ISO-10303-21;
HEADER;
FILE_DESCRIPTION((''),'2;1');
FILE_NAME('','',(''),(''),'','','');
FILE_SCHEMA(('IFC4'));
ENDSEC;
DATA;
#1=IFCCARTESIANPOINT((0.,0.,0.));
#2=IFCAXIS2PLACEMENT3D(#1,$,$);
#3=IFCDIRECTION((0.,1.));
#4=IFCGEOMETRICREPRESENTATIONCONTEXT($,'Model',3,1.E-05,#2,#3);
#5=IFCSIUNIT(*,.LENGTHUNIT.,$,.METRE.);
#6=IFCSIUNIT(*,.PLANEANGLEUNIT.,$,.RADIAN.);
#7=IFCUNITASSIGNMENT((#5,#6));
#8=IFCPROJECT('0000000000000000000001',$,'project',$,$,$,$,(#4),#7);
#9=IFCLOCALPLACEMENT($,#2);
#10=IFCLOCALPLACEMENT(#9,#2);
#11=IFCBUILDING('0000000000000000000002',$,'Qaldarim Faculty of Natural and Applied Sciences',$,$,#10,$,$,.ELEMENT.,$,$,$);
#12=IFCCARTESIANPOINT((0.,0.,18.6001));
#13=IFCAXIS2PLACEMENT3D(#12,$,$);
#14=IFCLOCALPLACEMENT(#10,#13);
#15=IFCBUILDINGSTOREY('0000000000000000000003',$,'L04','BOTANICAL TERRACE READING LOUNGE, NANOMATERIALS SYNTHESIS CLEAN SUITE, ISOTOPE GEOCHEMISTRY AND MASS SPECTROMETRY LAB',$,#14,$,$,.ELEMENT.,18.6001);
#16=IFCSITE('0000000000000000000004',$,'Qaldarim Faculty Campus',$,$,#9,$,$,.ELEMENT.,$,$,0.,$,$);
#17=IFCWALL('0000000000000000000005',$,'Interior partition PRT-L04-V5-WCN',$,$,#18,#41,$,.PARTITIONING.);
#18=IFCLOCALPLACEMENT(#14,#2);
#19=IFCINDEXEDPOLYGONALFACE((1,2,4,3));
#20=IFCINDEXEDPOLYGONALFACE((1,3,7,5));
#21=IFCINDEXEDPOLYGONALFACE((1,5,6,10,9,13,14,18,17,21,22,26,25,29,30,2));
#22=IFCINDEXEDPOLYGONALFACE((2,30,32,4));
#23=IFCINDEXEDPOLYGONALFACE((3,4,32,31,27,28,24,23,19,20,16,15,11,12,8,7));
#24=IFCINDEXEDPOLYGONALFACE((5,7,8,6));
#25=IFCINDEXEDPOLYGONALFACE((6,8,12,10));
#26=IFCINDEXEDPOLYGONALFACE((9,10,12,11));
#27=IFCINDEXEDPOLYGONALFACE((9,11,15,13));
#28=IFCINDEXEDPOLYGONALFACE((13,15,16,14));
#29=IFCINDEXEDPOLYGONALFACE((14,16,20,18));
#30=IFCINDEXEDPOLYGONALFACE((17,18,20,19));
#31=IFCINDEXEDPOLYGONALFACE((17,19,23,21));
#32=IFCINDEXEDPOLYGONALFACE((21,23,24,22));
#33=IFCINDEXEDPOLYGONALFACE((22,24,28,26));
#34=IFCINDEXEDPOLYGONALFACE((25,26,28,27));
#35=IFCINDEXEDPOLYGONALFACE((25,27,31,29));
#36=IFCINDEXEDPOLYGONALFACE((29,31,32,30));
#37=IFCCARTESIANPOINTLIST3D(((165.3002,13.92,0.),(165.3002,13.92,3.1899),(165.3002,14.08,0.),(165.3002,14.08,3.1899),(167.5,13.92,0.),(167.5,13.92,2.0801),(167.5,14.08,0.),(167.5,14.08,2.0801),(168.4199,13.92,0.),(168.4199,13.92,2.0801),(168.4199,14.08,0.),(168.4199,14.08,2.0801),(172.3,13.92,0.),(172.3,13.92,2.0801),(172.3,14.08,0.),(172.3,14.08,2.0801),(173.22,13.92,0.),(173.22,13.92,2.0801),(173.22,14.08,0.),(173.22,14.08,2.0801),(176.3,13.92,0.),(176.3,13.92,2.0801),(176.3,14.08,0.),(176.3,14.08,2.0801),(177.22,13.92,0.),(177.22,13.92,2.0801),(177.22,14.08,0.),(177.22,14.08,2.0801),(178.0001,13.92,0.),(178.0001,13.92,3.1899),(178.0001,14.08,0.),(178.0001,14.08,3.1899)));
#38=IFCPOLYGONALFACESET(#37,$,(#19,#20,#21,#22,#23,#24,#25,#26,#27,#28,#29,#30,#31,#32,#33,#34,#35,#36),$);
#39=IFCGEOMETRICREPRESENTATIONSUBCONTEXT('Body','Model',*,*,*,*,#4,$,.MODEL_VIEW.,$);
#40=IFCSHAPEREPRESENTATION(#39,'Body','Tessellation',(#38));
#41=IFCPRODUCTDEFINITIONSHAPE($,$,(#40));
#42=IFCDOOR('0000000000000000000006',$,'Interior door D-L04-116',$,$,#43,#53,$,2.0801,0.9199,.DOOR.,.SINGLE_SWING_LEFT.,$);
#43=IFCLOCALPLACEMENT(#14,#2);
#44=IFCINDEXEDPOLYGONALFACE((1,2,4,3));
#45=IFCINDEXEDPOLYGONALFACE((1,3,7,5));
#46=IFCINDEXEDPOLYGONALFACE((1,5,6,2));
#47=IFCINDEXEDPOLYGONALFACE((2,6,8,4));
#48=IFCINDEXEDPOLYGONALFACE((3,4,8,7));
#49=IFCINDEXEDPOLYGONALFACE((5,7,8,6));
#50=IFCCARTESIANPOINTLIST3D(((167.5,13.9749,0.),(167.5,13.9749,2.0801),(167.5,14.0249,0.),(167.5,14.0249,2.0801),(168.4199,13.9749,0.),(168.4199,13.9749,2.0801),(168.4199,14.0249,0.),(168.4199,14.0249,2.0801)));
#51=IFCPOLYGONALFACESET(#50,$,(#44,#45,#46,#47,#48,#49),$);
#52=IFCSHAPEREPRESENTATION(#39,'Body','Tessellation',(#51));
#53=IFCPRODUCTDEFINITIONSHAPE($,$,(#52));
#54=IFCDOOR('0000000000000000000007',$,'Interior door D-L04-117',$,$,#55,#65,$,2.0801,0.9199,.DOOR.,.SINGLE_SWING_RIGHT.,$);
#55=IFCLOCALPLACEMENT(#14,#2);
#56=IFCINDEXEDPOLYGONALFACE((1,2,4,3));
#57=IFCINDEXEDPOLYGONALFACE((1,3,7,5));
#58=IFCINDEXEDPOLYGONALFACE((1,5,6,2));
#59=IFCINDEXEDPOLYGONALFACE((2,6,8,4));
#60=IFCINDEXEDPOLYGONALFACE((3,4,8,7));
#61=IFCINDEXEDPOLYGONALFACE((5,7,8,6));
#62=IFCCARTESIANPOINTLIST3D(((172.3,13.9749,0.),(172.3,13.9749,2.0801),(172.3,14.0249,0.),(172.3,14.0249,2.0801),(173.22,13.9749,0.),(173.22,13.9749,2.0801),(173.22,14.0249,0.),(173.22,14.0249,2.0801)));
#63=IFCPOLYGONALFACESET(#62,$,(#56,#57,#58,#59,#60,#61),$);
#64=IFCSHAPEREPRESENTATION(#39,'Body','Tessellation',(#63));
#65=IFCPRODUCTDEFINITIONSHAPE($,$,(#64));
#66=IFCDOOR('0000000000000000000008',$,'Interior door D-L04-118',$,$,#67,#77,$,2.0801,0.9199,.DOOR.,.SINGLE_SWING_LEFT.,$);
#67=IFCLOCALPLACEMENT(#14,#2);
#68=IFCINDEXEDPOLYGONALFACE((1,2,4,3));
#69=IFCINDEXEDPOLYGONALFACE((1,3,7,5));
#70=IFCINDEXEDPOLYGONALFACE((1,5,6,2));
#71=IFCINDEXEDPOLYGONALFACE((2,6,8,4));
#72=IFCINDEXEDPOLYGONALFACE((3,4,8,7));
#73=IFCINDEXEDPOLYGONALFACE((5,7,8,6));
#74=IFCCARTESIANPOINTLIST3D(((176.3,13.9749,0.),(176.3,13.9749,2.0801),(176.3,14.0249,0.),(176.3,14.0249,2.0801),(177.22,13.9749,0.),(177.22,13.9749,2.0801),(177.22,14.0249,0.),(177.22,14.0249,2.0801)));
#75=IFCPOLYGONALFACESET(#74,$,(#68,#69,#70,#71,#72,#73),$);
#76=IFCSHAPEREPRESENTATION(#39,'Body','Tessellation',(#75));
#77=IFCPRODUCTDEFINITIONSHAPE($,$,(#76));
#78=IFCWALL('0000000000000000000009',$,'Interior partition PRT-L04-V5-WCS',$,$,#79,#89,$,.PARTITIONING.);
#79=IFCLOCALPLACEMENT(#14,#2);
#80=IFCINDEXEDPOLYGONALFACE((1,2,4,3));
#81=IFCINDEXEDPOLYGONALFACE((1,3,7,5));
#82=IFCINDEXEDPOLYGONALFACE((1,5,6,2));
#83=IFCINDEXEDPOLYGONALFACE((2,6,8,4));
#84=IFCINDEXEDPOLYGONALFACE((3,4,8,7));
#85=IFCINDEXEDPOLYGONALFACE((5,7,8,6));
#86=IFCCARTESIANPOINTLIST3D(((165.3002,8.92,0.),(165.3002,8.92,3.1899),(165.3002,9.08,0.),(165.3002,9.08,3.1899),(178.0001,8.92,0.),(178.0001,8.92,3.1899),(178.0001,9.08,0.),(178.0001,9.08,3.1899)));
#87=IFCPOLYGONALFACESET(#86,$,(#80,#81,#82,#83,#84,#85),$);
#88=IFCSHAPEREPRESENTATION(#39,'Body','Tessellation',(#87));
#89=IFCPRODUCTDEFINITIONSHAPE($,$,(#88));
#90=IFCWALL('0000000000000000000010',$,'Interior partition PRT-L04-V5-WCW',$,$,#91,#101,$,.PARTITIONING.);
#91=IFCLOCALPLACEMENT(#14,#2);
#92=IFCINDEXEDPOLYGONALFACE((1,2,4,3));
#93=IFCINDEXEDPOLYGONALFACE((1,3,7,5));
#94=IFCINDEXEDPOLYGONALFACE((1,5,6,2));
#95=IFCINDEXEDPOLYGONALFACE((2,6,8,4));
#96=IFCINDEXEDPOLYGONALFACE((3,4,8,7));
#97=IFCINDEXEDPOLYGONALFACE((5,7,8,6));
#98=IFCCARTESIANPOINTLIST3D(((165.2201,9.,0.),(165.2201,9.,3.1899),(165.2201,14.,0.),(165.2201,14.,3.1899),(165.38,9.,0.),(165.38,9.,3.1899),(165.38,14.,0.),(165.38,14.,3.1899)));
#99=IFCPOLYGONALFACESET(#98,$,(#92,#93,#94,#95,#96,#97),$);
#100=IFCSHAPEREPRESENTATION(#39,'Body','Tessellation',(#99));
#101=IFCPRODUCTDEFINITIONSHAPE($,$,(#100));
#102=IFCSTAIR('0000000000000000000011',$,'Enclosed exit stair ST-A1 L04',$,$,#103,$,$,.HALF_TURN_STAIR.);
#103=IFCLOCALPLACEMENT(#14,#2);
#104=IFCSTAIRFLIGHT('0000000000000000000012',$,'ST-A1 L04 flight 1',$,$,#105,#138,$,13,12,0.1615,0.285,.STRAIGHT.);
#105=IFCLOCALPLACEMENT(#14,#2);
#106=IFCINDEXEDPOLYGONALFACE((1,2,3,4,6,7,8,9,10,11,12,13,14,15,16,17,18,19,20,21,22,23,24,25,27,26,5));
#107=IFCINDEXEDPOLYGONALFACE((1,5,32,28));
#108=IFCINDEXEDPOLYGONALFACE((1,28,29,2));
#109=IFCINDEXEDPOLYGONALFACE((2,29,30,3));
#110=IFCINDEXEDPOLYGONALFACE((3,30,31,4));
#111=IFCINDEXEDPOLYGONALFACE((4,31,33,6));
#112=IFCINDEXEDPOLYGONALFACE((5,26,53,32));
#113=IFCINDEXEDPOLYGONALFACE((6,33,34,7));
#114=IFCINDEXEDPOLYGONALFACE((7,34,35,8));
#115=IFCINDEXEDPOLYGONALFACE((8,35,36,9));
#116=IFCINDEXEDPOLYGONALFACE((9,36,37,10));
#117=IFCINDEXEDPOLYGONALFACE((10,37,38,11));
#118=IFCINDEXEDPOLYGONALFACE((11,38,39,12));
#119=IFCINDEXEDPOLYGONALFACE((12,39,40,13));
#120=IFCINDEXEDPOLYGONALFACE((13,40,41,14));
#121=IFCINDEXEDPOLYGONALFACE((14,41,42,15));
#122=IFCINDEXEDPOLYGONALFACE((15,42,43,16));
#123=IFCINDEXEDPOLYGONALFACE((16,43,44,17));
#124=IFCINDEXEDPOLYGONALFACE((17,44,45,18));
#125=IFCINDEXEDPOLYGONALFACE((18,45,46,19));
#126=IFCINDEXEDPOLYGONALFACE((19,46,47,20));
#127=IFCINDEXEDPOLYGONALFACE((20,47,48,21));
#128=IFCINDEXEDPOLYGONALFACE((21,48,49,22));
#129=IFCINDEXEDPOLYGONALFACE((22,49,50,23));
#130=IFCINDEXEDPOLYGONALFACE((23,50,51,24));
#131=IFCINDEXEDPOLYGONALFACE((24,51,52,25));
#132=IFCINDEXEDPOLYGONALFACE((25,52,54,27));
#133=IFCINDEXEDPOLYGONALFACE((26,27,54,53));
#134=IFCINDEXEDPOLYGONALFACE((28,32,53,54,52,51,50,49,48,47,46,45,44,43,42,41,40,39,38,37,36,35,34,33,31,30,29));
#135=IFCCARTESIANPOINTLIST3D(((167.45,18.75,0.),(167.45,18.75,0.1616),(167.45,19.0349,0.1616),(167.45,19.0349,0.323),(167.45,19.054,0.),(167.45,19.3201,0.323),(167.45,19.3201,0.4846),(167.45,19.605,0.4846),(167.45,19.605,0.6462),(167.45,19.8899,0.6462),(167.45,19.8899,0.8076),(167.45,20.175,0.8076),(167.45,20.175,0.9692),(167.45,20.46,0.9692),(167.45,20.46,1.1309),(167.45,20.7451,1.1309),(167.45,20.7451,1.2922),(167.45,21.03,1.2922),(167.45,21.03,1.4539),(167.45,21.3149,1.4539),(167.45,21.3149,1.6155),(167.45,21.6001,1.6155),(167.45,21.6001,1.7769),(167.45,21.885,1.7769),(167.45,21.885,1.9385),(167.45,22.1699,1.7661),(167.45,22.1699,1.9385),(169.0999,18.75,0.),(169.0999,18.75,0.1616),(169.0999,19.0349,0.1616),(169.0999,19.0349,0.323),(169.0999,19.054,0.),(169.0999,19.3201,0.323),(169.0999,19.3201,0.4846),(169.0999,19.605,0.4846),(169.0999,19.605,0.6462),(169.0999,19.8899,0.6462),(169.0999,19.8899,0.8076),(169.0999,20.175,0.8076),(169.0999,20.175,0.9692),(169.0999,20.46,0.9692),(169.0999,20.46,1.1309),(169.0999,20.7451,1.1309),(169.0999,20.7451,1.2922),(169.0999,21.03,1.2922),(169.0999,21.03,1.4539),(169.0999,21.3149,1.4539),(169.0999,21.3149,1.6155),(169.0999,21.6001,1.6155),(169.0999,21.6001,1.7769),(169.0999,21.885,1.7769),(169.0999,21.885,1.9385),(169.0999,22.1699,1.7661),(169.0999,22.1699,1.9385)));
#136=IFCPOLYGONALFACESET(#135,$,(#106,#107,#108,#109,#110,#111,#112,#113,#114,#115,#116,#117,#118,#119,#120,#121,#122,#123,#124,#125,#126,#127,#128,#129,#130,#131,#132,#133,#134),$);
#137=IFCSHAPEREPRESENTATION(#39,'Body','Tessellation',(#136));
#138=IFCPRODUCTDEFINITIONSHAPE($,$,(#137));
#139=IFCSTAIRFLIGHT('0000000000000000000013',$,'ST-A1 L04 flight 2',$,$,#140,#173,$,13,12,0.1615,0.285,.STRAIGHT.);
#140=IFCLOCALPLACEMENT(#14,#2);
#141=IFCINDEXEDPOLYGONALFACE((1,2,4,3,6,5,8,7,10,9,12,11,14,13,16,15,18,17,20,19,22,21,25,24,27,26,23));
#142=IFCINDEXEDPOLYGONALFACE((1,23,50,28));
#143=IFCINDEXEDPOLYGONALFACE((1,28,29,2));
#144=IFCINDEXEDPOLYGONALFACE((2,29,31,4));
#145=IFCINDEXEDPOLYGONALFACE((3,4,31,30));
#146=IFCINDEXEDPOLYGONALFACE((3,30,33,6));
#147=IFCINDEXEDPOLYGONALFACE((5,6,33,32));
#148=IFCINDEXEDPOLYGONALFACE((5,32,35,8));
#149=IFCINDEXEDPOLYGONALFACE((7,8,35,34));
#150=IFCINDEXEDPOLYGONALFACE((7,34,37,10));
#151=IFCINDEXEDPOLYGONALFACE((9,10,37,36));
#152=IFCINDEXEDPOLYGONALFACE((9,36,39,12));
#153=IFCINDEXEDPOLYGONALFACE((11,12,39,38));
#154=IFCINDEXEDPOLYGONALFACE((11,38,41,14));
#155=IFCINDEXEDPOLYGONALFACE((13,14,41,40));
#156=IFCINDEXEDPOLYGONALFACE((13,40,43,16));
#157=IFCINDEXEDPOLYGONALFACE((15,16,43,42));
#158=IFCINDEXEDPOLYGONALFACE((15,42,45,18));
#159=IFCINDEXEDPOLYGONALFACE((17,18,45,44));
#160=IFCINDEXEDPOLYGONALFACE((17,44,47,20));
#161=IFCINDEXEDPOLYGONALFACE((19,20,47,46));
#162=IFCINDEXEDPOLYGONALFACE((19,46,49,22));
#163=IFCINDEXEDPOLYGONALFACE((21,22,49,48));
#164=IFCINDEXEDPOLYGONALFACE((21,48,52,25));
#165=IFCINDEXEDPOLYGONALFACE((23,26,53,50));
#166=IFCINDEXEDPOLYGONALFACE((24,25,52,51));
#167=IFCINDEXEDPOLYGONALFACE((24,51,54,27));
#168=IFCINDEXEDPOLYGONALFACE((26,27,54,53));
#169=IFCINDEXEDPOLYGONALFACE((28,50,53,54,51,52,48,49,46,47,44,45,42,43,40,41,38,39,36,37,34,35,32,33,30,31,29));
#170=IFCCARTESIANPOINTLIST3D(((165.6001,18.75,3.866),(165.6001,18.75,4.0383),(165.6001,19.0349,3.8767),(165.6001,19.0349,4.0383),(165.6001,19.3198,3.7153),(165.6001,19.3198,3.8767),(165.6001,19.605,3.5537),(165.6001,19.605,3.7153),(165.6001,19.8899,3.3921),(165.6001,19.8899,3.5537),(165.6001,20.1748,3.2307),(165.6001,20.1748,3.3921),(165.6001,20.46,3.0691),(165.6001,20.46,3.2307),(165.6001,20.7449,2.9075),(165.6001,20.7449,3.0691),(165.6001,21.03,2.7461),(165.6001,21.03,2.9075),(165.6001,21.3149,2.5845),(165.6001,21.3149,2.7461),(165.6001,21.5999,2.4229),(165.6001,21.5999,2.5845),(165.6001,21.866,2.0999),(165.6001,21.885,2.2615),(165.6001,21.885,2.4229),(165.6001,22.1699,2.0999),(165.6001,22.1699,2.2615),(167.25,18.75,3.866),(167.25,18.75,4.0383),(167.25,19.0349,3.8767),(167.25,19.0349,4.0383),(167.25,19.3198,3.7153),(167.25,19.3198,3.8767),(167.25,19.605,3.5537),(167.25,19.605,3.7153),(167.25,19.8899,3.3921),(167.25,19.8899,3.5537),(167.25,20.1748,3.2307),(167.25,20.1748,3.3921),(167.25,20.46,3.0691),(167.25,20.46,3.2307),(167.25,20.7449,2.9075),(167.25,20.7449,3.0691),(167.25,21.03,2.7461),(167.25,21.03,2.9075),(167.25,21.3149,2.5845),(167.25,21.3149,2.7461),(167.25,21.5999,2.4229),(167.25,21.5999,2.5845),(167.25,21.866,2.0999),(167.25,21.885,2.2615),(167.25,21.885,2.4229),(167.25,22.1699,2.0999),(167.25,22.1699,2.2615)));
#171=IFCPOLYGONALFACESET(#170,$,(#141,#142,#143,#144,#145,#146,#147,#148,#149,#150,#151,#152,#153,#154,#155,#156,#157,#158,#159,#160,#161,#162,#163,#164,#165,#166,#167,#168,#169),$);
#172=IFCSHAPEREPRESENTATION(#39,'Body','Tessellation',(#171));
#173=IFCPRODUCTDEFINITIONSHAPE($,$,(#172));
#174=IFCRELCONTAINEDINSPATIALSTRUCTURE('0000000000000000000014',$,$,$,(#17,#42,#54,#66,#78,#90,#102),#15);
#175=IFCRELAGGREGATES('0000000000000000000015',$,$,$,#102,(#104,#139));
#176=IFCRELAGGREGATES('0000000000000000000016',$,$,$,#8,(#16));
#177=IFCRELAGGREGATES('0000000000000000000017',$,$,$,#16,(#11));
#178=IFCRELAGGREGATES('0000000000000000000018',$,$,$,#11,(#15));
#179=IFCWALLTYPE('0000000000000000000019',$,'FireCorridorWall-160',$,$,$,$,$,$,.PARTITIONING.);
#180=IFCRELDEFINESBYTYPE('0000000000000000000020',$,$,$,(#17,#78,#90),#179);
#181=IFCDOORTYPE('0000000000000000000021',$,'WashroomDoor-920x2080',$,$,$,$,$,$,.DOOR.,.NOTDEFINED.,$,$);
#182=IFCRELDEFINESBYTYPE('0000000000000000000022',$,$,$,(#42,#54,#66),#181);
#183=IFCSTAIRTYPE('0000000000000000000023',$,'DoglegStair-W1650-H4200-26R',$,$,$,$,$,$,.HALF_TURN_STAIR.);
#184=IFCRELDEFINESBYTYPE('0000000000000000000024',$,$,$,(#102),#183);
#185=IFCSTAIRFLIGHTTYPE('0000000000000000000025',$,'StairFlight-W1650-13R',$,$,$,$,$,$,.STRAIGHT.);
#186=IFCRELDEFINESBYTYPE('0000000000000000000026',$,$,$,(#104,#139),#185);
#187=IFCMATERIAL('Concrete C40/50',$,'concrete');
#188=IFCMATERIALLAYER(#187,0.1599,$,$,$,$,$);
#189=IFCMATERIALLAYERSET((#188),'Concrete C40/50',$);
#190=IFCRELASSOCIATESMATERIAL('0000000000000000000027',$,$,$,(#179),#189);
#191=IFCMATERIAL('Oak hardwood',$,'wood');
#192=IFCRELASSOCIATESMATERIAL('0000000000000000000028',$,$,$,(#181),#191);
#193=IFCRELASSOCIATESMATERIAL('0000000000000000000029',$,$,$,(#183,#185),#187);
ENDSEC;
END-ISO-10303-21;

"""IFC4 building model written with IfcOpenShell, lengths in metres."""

from ifc_helpers import new_model, si_unit, direction, frame, frame_2d, origin, place, context, subcontext, project, spatial, polyline, rectangle, outline, extrude, material, layer, layer_set, type_object, element, fill, aggregate, save


model = new_model("IFC4")

# Units and contexts
model_context = context("Model", 3, precision=1e-05, world=origin(), true_north=direction((0.0, 1.0)))
body_context = subcontext(model_context, "Body", "Model", "MODEL_VIEW")
ifc_project = project(units=[si_unit("LENGTHUNIT", "METRE"), si_unit("PLANEANGLEUNIT", "RADIAN")], contexts=[model_context])

# Site, building, storey
site_placement = place(None, origin())
site = spatial("IfcSite", under=ifc_project, at=site_placement, Name="Qaldarim Faculty Campus", CompositionType="ELEMENT", RefElevation=0.0)
building_placement = place(site_placement, origin())
building = spatial("IfcBuilding", under=site, at=building_placement, Name="Qaldarim Faculty of Natural and Applied Sciences", CompositionType="ELEMENT")
storey_placement = place(building_placement, frame((0.0, 0.0, 18.6001)))
storey = spatial("IfcBuildingStorey", under=building, at=storey_placement, Name="L04", Description="BOTANICAL TERRACE READING LOUNGE, NANOMATERIALS SYNTHESIS CLEAN SUITE, ISOTOPE GEOCHEMISTRY AND MASS SPECTROMETRY LAB", CompositionType="ELEMENT", Elevation=18.6001)

# Shared definitions
ifc_material_1 = material(Name="Concrete C40/50", Category="concrete")

# Wall, openings, doors
ifc_layer_1 = layer(ifc_material_1, 0.1599)
ifc_layer_set_1 = layer_set([ifc_layer_1], Name="Concrete C40/50")
wall_type_1 = type_object("IfcWallType", Name="FireCorridorWall-160", PredefinedType="PARTITIONING", material=ifc_layer_set_1)
wall_1_placement = place(storey_placement, frame((165.3, 14.0, 0.0), z_axis=(0.0, 0.0, 1.0), x_axis=(1.0, 0.0, 0.0)))
wall_1 = element("IfcWall", 1, at=wall_1_placement, inside=storey, type_object=wall_type_1, Name="Interior partition PRT-L04-V5-WCN", PredefinedType="PARTITIONING", context=body_context, shape_type="SweptSolid", body=[
    extrude(rectangle(XDim=12.7, YDim=0.1599, at=frame_2d((6.3501, 0.0))), origin(), (0.0, 0.0, 1.0), 3.1899),
])
opening_1_placement = place(wall_1_placement, frame((2.2, 0.0, 0.0)))
opening_1 = element("IfcOpeningElement", 2, at=opening_1_placement, cuts=wall_1, PredefinedType="OPENING", context=body_context, shape_type="SweptSolid", body=[
    extrude(rectangle(XDim=0.9199, YDim=2.0801, at=frame_2d((0.46, 1.04))), frame((0.0, 0.0898, 0.0), z_axis=(0.0, -1.0, 0.0), x_axis=(1.0, 0.0, 0.0)), (0.0, 0.0, 1.0), 0.1799),
])
opening_2_placement = place(wall_1_placement, frame((7.0, 0.0, 0.0)))
opening_2 = element("IfcOpeningElement", 3, at=opening_2_placement, cuts=wall_1, PredefinedType="OPENING", context=body_context, shape_type="SweptSolid", body=[
    extrude(rectangle(XDim=0.9199, YDim=2.0801, at=frame_2d((0.46, 1.04))), frame((0.0, 0.0898, 0.0), z_axis=(0.0, -1.0, 0.0), x_axis=(1.0, 0.0, 0.0)), (0.0, 0.0, 1.0), 0.1799),
])
opening_3_placement = place(wall_1_placement, frame((11.0, 0.0, 0.0)))
opening_3 = element("IfcOpeningElement", 4, at=opening_3_placement, cuts=wall_1, PredefinedType="OPENING", context=body_context, shape_type="SweptSolid", body=[
    extrude(rectangle(XDim=0.9199, YDim=2.0801, at=frame_2d((0.46, 1.04))), frame((0.0, 0.0898, 0.0), z_axis=(0.0, -1.0, 0.0), x_axis=(1.0, 0.0, 0.0)), (0.0, 0.0, 1.0), 0.1799),
])
ifc_material_2 = material(Name="Oak hardwood", Category="wood")
door_type_1 = type_object("IfcDoorType", Name="WashroomDoor-920x2080", OperationType="NOTDEFINED", PredefinedType="DOOR", material=ifc_material_2)
door_1_placement = place(opening_1_placement, origin())
door_1 = element("IfcDoor", 5, at=door_1_placement, inside=storey, type_object=door_type_1, Name="Interior door D-L04-116", OperationType="SINGLE_SWING_LEFT", OverallHeight=2.0801, OverallWidth=0.9199, PredefinedType="DOOR", context=body_context, shape_type="SweptSolid", body=[
    extrude(rectangle(XDim=0.9199, YDim=2.0801, at=frame_2d((0.46, 1.04))), frame((0.0, 0.0249, 0.0), z_axis=(0.0, -1.0, 0.0), x_axis=(1.0, 0.0, 0.0)), (0.0, 0.0, 1.0), 0.05),
])
fill(opening_1, door_1)
door_2_placement = place(opening_2_placement, origin())
door_2 = element("IfcDoor", 6, at=door_2_placement, inside=storey, type_object=door_type_1, Name="Interior door D-L04-117", OperationType="SINGLE_SWING_RIGHT", OverallHeight=2.0801, OverallWidth=0.9199, PredefinedType="DOOR", context=body_context, shape_type="SweptSolid", body=[
    extrude(rectangle(XDim=0.9199, YDim=2.0801, at=frame_2d((0.46, 1.04))), frame((0.0, 0.0249, 0.0), z_axis=(0.0, -1.0, 0.0), x_axis=(1.0, 0.0, 0.0)), (0.0, 0.0, 1.0), 0.05),
])
fill(opening_2, door_2)
door_3_placement = place(opening_3_placement, origin())
door_3 = element("IfcDoor", 7, at=door_3_placement, inside=storey, type_object=door_type_1, Name="Interior door D-L04-118", OperationType="SINGLE_SWING_LEFT", OverallHeight=2.0801, OverallWidth=0.9199, PredefinedType="DOOR", context=body_context, shape_type="SweptSolid", body=[
    extrude(rectangle(XDim=0.9199, YDim=2.0801, at=frame_2d((0.46, 1.04))), frame((0.0, 0.0249, 0.0), z_axis=(0.0, -1.0, 0.0), x_axis=(1.0, 0.0, 0.0)), (0.0, 0.0, 1.0), 0.05),
])
fill(opening_3, door_3)

# Walls
wall_2_placement = place(storey_placement, frame((165.3, 9.0, 0.0), z_axis=(0.0, 0.0, 1.0), x_axis=(1.0, 0.0, 0.0)))
element("IfcWall", 8, at=wall_2_placement, inside=storey, type_object=wall_type_1, Name="Interior partition PRT-L04-V5-WCS", PredefinedType="PARTITIONING", context=body_context, shape_type="SweptSolid", body=[
    extrude(rectangle(XDim=12.7, YDim=0.1599, at=frame_2d((6.3501, 0.0))), origin(), (0.0, 0.0, 1.0), 3.1899),
])
wall_3_placement = place(storey_placement, frame((165.3, 9.0, 0.0), z_axis=(0.0, 0.0, 1.0), x_axis=(0.0, 1.0, 0.0)))
element("IfcWall", 9, at=wall_3_placement, inside=storey, type_object=wall_type_1, Name="Interior partition PRT-L04-V5-WCW", PredefinedType="PARTITIONING", context=body_context, shape_type="SweptSolid", body=[
    extrude(rectangle(XDim=5.0, YDim=0.1599, at=frame_2d((2.5, 0.0))), origin(), (0.0, 0.0, 1.0), 3.1899),
])

# Stair, stair flights
stair_type = type_object("IfcStairType", Name="DoglegStair-W1650-H4200-26R", PredefinedType="HALF_TURN_STAIR", material=ifc_material_1)
stair_placement = place(storey_placement, origin())
stair = element("IfcStair", 10, at=stair_placement, inside=storey, type_object=stair_type, Name="Enclosed exit stair ST-A1 L04", PredefinedType="HALF_TURN_STAIR")
stair_flight_type = type_object("IfcStairFlightType", Name="StairFlight-W1650-13R", PredefinedType="STRAIGHT", material=ifc_material_1)
stair_flight_1_placement = place(storey_placement, frame((168.2749, 18.75, 0.0), z_axis=(0.0, 0.0, 1.0), x_axis=(0.0, 1.0, 0.0)))
stair_flight_1 = element("IfcStairFlight", 11, at=stair_flight_1_placement, type_object=stair_flight_type, Name="ST-A1 L04 flight 1", NumberOfRisers=13, NumberOfTreads=12, PredefinedType="STRAIGHT", RiserHeight=0.1615, TreadLength=0.285, context=body_context, shape_type="SweptSolid", body=[
    extrude(outline(polyline([(0.0, 0.0), (0.0, 0.1616), (0.2849, 0.1616), (0.2849, 0.323), (0.5701, 0.323), (0.5701, 0.4846), (0.855, 0.4846), (0.855, 0.6462), (1.1399, 0.6462), (1.1399, 0.8076), (1.425, 0.8076), (1.425, 0.9692), (1.71, 0.9692), (1.71, 1.1309), (1.9951, 1.1309), (1.9951, 1.2922), (2.28, 1.2922), (2.28, 1.4539), (2.5649, 1.4539), (2.5649, 1.6155), (2.8501, 1.6155), (2.8501, 1.7769), (3.135, 1.7769), (3.135, 1.9385), (3.4199, 1.9385), (3.4199, 2.1001), (3.4199, 1.7661), (0.304, 0.0), (0.0, 0.0)])), frame((0.0, 0.825, 0.0), z_axis=(0.0, -1.0, 0.0), x_axis=(1.0, 0.0, 0.0)), (0.0, 0.0, 1.0), 1.6499),
])
stair_flight_2_placement = place(storey_placement, frame((166.425, 22.1699, 2.0999), z_axis=(0.0, 0.0, 1.0), x_axis=(0.0, -1.0, 0.0)))
stair_flight_2 = element("IfcStairFlight", 12, at=stair_flight_2_placement, type_object=stair_flight_type, Name="ST-A1 L04 flight 2", NumberOfRisers=13, NumberOfTreads=12, PredefinedType="STRAIGHT", RiserHeight=0.1615, TreadLength=0.285, context=body_context, shape_type="SweptSolid", body=[
    extrude(outline(polyline([(0.0, 0.0), (0.0, 0.1616), (0.2849, 0.1616), (0.2849, 0.323), (0.5701, 0.323), (0.5701, 0.4846), (0.855, 0.4846), (0.855, 0.6462), (1.1399, 0.6462), (1.1399, 0.8076), (1.425, 0.8076), (1.425, 0.9692), (1.71, 0.9692), (1.71, 1.1309), (1.9951, 1.1309), (1.9951, 1.2922), (2.28, 1.2922), (2.28, 1.4539), (2.5649, 1.4539), (2.5649, 1.6155), (2.8501, 1.6155), (2.8501, 1.7769), (3.135, 1.7769), (3.135, 1.9385), (3.4199, 1.9385), (3.4199, 2.1001), (3.4199, 1.7661), (0.304, 0.0), (0.0, 0.0)])), frame((0.0, 0.825, 0.0), z_axis=(0.0, -1.0, 0.0), x_axis=(1.0, 0.0, 0.0)), (0.0, 0.0, 1.0), 1.6499),
])
aggregate(stair, [stair_flight_1, stair_flight_2])

save(model, "model.ifc")
